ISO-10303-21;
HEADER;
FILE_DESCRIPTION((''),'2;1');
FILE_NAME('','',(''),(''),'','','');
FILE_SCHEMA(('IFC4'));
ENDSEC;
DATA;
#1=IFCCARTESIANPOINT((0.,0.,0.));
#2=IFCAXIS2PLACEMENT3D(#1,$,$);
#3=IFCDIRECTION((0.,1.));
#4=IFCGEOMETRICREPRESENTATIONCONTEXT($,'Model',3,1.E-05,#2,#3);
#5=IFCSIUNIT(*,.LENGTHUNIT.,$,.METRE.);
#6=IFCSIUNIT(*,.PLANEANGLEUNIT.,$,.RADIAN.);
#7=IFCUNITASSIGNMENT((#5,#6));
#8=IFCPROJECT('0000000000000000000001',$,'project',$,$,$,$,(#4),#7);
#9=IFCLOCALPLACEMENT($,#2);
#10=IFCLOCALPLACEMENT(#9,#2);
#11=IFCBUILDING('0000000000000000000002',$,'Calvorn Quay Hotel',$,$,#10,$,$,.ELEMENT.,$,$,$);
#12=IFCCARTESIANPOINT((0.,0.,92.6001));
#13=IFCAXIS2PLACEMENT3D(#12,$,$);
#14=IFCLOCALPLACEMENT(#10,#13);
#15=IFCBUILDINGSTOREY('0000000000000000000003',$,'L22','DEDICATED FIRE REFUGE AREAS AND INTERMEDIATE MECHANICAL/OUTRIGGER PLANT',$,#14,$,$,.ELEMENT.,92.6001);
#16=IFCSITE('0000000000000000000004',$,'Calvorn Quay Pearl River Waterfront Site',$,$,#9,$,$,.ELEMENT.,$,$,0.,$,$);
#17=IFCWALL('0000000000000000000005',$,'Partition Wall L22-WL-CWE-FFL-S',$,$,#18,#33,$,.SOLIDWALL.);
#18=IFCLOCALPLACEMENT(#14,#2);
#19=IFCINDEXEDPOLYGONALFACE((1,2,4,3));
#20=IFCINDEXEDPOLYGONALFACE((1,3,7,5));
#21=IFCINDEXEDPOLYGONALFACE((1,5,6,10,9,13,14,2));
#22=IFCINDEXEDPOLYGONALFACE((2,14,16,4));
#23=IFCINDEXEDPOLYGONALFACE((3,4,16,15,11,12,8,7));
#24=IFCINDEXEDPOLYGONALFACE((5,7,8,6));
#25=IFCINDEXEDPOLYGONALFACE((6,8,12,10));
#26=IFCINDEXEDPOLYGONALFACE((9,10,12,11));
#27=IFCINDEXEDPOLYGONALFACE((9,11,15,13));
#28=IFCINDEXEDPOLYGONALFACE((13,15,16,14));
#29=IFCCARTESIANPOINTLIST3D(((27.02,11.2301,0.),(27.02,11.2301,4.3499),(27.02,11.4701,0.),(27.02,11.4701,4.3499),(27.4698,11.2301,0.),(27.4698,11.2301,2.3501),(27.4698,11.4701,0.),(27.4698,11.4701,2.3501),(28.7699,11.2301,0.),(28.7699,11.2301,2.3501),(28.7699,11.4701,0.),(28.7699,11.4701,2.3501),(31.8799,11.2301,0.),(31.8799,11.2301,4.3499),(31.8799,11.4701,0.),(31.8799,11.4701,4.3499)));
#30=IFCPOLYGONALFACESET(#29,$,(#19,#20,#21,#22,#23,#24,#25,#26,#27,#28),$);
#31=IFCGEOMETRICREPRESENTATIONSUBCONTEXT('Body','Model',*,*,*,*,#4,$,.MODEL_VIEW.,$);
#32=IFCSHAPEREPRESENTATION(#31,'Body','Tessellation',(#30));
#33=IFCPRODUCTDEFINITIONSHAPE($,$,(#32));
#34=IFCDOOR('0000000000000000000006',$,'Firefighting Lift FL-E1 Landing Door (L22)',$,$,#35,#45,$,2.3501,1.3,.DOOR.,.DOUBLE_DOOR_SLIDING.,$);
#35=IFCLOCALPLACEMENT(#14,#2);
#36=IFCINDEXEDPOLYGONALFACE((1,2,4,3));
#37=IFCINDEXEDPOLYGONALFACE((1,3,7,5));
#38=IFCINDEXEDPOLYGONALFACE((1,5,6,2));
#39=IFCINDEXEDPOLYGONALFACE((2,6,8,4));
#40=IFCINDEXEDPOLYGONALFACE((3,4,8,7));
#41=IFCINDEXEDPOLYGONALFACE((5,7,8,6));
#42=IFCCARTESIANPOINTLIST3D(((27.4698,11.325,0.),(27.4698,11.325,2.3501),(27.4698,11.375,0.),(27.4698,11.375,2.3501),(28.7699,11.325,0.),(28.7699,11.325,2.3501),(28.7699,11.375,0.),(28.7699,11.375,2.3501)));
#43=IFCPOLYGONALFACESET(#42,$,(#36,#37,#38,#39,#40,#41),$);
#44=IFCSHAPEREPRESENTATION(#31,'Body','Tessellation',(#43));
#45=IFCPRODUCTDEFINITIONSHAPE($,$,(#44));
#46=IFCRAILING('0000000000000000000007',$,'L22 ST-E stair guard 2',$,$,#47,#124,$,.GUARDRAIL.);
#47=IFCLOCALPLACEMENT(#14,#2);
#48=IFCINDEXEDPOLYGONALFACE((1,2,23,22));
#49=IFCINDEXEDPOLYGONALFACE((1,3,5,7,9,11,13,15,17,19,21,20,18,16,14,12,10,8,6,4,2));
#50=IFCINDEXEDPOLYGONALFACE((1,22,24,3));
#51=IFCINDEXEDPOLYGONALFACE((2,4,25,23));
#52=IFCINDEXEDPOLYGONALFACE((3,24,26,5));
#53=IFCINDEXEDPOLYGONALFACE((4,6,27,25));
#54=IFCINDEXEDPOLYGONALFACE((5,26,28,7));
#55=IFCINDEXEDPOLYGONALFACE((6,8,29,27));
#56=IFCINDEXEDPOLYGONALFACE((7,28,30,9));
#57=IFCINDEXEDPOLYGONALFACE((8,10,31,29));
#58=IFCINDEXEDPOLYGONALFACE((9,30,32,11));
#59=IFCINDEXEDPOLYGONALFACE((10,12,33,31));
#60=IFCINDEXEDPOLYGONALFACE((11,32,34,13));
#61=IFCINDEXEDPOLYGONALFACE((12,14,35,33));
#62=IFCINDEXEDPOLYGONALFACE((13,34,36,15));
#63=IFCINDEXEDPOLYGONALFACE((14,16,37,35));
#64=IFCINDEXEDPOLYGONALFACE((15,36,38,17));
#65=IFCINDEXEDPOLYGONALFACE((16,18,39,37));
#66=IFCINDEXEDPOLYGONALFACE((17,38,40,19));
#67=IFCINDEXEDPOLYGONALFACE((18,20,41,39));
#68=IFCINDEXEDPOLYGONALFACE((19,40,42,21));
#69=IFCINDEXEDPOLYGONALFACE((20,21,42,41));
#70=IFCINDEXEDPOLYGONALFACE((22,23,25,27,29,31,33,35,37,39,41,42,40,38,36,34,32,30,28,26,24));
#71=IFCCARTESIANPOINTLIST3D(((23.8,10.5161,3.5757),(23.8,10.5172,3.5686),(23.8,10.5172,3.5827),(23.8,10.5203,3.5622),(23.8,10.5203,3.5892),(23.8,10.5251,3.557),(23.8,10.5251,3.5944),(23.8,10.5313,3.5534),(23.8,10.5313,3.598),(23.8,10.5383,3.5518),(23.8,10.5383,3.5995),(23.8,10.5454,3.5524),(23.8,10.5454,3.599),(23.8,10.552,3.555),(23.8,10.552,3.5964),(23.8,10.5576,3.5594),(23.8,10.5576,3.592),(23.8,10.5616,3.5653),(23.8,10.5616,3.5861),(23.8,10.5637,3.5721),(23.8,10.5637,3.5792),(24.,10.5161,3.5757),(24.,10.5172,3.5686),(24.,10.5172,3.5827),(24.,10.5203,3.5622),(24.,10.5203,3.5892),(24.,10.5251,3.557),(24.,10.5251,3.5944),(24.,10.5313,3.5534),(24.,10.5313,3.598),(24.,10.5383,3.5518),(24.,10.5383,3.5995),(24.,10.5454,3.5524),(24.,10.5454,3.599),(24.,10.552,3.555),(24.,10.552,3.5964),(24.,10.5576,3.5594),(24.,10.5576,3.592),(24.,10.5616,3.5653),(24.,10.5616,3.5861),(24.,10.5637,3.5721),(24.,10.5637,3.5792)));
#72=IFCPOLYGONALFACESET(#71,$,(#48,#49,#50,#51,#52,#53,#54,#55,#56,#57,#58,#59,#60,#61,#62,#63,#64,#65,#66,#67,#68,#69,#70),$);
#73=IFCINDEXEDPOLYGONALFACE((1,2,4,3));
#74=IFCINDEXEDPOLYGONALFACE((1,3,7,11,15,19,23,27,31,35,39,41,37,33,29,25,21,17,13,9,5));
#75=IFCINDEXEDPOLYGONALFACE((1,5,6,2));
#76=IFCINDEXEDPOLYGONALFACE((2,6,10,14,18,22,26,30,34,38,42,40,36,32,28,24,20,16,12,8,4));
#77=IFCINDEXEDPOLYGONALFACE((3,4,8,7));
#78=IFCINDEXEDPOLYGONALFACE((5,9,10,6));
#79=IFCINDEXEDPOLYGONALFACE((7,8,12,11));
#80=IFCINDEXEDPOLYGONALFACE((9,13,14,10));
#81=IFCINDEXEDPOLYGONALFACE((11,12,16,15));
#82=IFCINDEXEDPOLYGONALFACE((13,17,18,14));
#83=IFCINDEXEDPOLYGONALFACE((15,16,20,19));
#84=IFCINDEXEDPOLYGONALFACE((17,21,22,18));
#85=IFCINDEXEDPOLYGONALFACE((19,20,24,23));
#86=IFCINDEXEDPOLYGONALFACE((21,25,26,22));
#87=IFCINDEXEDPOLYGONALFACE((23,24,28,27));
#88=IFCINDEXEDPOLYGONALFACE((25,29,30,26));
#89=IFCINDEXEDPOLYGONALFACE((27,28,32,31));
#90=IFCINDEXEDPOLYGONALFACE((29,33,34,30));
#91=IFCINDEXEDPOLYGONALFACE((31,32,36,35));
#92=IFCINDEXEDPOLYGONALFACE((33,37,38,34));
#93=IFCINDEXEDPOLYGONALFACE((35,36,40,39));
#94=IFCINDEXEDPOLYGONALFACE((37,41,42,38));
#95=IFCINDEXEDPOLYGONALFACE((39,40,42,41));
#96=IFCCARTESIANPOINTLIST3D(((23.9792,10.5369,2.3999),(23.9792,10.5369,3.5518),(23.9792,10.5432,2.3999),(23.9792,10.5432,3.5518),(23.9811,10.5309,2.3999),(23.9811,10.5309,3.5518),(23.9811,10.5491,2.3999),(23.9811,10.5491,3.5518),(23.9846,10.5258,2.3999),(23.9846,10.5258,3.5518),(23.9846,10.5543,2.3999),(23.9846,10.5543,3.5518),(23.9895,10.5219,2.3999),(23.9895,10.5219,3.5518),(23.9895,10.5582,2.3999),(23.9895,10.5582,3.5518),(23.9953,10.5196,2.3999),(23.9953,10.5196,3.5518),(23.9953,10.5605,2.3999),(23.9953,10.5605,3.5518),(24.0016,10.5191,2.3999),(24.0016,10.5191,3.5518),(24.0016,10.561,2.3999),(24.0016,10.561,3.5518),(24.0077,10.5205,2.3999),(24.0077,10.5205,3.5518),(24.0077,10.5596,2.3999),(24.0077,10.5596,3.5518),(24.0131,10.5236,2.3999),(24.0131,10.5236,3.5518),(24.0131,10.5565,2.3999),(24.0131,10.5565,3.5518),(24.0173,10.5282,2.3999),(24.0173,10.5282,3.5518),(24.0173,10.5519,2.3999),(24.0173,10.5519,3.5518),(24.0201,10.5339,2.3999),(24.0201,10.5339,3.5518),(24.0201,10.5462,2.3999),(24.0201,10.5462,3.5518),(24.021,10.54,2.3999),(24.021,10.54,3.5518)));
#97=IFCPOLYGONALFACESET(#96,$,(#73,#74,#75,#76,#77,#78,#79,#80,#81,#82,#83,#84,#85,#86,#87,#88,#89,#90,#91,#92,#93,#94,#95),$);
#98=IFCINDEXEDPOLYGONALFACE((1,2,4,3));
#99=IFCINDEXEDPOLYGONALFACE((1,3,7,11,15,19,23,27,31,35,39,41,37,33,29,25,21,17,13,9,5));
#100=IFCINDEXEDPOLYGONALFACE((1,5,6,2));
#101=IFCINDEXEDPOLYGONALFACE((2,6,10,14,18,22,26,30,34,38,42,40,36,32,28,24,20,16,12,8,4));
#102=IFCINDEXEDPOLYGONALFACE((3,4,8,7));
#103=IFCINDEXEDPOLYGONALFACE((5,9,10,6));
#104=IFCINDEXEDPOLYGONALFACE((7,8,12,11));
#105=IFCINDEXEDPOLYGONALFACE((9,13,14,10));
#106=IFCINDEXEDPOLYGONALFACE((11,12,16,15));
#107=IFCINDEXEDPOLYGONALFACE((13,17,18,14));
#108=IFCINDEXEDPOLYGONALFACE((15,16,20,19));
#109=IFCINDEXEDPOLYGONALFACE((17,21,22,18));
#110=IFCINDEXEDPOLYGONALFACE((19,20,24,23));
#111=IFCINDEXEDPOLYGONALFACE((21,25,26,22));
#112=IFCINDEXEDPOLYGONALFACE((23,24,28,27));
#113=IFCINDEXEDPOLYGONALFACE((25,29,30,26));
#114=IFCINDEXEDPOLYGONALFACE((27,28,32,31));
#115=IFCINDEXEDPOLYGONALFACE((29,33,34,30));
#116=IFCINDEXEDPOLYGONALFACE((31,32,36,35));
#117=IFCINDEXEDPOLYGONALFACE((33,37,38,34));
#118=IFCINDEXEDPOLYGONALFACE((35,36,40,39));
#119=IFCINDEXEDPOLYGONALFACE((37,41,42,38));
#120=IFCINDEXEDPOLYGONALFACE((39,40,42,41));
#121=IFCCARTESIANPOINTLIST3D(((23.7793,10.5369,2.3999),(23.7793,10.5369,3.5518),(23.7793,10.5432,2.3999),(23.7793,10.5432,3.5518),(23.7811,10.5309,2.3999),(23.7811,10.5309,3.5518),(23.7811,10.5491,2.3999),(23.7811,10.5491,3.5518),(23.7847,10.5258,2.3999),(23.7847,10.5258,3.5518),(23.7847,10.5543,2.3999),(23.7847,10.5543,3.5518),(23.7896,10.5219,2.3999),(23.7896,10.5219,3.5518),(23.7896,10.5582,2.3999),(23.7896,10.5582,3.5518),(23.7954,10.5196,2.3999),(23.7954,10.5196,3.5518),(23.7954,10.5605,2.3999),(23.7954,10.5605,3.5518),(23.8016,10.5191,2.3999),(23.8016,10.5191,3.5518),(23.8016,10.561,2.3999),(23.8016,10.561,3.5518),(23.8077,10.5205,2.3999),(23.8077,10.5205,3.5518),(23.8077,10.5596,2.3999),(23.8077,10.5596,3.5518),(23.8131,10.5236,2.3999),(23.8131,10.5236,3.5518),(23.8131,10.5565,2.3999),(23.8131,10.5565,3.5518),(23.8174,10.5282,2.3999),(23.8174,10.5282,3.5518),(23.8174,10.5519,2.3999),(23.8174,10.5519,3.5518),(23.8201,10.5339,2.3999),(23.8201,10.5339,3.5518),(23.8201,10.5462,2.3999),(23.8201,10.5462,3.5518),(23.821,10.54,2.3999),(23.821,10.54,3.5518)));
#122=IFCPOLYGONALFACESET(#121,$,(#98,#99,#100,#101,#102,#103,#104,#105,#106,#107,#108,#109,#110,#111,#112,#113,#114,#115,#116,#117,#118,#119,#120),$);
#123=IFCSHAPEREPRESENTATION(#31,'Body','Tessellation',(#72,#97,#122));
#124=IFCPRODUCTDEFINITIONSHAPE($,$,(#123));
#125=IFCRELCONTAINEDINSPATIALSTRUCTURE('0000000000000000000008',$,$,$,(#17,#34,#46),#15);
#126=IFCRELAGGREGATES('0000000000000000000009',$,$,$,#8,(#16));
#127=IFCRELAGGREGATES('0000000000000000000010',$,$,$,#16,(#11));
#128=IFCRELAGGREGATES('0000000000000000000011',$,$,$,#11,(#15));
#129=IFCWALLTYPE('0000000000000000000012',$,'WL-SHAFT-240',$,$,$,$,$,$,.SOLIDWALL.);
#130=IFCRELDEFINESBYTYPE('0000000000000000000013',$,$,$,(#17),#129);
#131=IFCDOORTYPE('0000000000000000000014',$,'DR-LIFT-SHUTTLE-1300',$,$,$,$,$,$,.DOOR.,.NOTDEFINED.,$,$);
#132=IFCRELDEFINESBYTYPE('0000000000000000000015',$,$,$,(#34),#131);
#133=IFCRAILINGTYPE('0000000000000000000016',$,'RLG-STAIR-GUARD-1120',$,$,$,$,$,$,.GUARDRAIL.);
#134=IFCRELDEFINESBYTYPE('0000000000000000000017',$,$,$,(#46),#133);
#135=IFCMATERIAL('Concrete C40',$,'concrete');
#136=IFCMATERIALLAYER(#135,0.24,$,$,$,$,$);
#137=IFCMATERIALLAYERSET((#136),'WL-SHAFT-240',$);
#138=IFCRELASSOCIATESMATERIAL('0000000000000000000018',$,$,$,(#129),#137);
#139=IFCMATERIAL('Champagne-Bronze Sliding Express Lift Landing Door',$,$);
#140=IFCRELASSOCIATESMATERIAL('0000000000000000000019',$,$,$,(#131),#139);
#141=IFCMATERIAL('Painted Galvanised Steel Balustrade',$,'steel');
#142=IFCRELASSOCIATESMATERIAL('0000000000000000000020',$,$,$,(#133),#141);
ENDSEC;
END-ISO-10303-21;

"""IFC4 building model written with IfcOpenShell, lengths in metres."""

from ifc_helpers import new_model, si_unit, direction, frame, frame_2d, origin, origin_2d, place, context, subcontext, project, spatial, rectangle, circle, extrude, material, layer, layer_set, type_object, element, fill, save


model = new_model("IFC4")

# Units and contexts
model_context = context("Model", 3, precision=1e-05, world=origin(), true_north=direction((0.0, 1.0)))
body_context = subcontext(model_context, "Body", "Model", "MODEL_VIEW")
ifc_project = project(units=[si_unit("LENGTHUNIT", "METRE"), si_unit("PLANEANGLEUNIT", "RADIAN")], contexts=[model_context])

# Site, building, storey
site_placement = place(None, origin())
site = spatial("IfcSite", under=ifc_project, at=site_placement, Name="Calvorn Quay Pearl River Waterfront Site", CompositionType="ELEMENT", RefElevation=0.0)
building_placement = place(site_placement, origin())
building = spatial("IfcBuilding", under=site, at=building_placement, Name="Calvorn Quay Hotel", CompositionType="ELEMENT")
storey_placement = place(building_placement, frame((0.0, 0.0, 92.6001)))
storey = spatial("IfcBuildingStorey", under=building, at=storey_placement, Name="L22", Description="DEDICATED FIRE REFUGE AREAS AND INTERMEDIATE MECHANICAL/OUTRIGGER PLANT", CompositionType="ELEMENT", Elevation=92.6001)

# Shared definitions
ifc_material_1 = material(Name="Concrete C40", Category="concrete")
ifc_layer_1 = layer(ifc_material_1, 0.24)
ifc_layer_set_1 = layer_set([ifc_layer_1], Name="WL-SHAFT-240")
wall_type_1 = type_object("IfcWallType", Name="WL-SHAFT-240", PredefinedType="SOLIDWALL", material=ifc_layer_set_1)

# Wall, opening, door
wall_1_placement = place(storey_placement, frame((27.02, 11.3501, 0.0), z_axis=(0.0, 0.0, 1.0), x_axis=(1.0, 0.0, 0.0)))
wall_1 = element("IfcWall", 1, at=wall_1_placement, inside=storey, type_object=wall_type_1, Name="Partition Wall L22-WL-CWE-FFL-S", PredefinedType="SOLIDWALL", context=body_context, shape_type="SweptSolid", body=[
    extrude(rectangle(XDim=4.8599, YDim=0.24, at=frame_2d((2.4299, 0.0))), origin(), (0.0, 0.0, 1.0), 4.3499),
])
opening_1_placement = place(wall_1_placement, frame((0.45, 0.0, 0.0)))
opening_1 = element("IfcOpeningElement", 2, at=opening_1_placement, cuts=wall_1, PredefinedType="OPENING", context=body_context, shape_type="SweptSolid", body=[
    extrude(rectangle(XDim=1.3, YDim=2.3501, at=frame_2d((0.6499, 1.175))), frame((0.0, 0.1299, 0.0), z_axis=(0.0, -1.0, 0.0), x_axis=(1.0, 0.0, 0.0)), (0.0, 0.0, 1.0), 0.26),
])
ifc_material_2 = material(Name="Champagne-Bronze Sliding Express Lift Landing Door")
door_type_1 = type_object("IfcDoorType", Name="DR-LIFT-SHUTTLE-1300", OperationType="NOTDEFINED", PredefinedType="DOOR", material=ifc_material_2)
door_1_placement = place(opening_1_placement, origin())
door_1 = element("IfcDoor", 3, at=door_1_placement, inside=storey, type_object=door_type_1, Name="Firefighting Lift FL-E1 Landing Door (L22)", OperationType="DOUBLE_DOOR_SLIDING", OverallHeight=2.3501, OverallWidth=1.3, PredefinedType="DOOR", context=body_context, shape_type="SweptSolid", body=[
    extrude(rectangle(XDim=1.3, YDim=2.3501, at=frame_2d((0.6499, 1.175))), frame((0.0, 0.0249, 0.0), z_axis=(0.0, -1.0, 0.0), x_axis=(1.0, 0.0, 0.0)), (0.0, 0.0, 1.0), 0.05),
])
fill(opening_1, door_1)

# Railing
ifc_material_3 = material(Name="Painted Galvanised Steel Balustrade", Category="steel")
railing_type = type_object("IfcRailingType", Name="RLG-STAIR-GUARD-1120", PredefinedType="GUARDRAIL", material=ifc_material_3)
railing_placement = place(storey_placement, frame((24.0, 10.54, 2.3999)))
element("IfcRailing", 4, at=railing_placement, inside=storey, type_object=railing_type, Name="L22 ST-E stair guard 2", PredefinedType="GUARDRAIL", context=body_context, shape_type="SweptSolid", body=[
    extrude(circle(Radius=0.0239, at=origin_2d()), frame((0.0, 0.0, 1.1758), z_axis=(-1.0, 0.0, 0.0), x_axis=(0.0, -1.0, 0.0)), (0.0, 0.0, 1.0), 0.2),
    extrude(circle(Radius=0.021, at=origin_2d()), origin(), (0.0, 0.0, 1.0), 1.1519),
    extrude(circle(Radius=0.021, at=origin_2d()), frame((-0.2, 0.0, 0.0)), (0.0, 0.0, 1.0), 1.1519),
])

save(model, "model.ifc")
